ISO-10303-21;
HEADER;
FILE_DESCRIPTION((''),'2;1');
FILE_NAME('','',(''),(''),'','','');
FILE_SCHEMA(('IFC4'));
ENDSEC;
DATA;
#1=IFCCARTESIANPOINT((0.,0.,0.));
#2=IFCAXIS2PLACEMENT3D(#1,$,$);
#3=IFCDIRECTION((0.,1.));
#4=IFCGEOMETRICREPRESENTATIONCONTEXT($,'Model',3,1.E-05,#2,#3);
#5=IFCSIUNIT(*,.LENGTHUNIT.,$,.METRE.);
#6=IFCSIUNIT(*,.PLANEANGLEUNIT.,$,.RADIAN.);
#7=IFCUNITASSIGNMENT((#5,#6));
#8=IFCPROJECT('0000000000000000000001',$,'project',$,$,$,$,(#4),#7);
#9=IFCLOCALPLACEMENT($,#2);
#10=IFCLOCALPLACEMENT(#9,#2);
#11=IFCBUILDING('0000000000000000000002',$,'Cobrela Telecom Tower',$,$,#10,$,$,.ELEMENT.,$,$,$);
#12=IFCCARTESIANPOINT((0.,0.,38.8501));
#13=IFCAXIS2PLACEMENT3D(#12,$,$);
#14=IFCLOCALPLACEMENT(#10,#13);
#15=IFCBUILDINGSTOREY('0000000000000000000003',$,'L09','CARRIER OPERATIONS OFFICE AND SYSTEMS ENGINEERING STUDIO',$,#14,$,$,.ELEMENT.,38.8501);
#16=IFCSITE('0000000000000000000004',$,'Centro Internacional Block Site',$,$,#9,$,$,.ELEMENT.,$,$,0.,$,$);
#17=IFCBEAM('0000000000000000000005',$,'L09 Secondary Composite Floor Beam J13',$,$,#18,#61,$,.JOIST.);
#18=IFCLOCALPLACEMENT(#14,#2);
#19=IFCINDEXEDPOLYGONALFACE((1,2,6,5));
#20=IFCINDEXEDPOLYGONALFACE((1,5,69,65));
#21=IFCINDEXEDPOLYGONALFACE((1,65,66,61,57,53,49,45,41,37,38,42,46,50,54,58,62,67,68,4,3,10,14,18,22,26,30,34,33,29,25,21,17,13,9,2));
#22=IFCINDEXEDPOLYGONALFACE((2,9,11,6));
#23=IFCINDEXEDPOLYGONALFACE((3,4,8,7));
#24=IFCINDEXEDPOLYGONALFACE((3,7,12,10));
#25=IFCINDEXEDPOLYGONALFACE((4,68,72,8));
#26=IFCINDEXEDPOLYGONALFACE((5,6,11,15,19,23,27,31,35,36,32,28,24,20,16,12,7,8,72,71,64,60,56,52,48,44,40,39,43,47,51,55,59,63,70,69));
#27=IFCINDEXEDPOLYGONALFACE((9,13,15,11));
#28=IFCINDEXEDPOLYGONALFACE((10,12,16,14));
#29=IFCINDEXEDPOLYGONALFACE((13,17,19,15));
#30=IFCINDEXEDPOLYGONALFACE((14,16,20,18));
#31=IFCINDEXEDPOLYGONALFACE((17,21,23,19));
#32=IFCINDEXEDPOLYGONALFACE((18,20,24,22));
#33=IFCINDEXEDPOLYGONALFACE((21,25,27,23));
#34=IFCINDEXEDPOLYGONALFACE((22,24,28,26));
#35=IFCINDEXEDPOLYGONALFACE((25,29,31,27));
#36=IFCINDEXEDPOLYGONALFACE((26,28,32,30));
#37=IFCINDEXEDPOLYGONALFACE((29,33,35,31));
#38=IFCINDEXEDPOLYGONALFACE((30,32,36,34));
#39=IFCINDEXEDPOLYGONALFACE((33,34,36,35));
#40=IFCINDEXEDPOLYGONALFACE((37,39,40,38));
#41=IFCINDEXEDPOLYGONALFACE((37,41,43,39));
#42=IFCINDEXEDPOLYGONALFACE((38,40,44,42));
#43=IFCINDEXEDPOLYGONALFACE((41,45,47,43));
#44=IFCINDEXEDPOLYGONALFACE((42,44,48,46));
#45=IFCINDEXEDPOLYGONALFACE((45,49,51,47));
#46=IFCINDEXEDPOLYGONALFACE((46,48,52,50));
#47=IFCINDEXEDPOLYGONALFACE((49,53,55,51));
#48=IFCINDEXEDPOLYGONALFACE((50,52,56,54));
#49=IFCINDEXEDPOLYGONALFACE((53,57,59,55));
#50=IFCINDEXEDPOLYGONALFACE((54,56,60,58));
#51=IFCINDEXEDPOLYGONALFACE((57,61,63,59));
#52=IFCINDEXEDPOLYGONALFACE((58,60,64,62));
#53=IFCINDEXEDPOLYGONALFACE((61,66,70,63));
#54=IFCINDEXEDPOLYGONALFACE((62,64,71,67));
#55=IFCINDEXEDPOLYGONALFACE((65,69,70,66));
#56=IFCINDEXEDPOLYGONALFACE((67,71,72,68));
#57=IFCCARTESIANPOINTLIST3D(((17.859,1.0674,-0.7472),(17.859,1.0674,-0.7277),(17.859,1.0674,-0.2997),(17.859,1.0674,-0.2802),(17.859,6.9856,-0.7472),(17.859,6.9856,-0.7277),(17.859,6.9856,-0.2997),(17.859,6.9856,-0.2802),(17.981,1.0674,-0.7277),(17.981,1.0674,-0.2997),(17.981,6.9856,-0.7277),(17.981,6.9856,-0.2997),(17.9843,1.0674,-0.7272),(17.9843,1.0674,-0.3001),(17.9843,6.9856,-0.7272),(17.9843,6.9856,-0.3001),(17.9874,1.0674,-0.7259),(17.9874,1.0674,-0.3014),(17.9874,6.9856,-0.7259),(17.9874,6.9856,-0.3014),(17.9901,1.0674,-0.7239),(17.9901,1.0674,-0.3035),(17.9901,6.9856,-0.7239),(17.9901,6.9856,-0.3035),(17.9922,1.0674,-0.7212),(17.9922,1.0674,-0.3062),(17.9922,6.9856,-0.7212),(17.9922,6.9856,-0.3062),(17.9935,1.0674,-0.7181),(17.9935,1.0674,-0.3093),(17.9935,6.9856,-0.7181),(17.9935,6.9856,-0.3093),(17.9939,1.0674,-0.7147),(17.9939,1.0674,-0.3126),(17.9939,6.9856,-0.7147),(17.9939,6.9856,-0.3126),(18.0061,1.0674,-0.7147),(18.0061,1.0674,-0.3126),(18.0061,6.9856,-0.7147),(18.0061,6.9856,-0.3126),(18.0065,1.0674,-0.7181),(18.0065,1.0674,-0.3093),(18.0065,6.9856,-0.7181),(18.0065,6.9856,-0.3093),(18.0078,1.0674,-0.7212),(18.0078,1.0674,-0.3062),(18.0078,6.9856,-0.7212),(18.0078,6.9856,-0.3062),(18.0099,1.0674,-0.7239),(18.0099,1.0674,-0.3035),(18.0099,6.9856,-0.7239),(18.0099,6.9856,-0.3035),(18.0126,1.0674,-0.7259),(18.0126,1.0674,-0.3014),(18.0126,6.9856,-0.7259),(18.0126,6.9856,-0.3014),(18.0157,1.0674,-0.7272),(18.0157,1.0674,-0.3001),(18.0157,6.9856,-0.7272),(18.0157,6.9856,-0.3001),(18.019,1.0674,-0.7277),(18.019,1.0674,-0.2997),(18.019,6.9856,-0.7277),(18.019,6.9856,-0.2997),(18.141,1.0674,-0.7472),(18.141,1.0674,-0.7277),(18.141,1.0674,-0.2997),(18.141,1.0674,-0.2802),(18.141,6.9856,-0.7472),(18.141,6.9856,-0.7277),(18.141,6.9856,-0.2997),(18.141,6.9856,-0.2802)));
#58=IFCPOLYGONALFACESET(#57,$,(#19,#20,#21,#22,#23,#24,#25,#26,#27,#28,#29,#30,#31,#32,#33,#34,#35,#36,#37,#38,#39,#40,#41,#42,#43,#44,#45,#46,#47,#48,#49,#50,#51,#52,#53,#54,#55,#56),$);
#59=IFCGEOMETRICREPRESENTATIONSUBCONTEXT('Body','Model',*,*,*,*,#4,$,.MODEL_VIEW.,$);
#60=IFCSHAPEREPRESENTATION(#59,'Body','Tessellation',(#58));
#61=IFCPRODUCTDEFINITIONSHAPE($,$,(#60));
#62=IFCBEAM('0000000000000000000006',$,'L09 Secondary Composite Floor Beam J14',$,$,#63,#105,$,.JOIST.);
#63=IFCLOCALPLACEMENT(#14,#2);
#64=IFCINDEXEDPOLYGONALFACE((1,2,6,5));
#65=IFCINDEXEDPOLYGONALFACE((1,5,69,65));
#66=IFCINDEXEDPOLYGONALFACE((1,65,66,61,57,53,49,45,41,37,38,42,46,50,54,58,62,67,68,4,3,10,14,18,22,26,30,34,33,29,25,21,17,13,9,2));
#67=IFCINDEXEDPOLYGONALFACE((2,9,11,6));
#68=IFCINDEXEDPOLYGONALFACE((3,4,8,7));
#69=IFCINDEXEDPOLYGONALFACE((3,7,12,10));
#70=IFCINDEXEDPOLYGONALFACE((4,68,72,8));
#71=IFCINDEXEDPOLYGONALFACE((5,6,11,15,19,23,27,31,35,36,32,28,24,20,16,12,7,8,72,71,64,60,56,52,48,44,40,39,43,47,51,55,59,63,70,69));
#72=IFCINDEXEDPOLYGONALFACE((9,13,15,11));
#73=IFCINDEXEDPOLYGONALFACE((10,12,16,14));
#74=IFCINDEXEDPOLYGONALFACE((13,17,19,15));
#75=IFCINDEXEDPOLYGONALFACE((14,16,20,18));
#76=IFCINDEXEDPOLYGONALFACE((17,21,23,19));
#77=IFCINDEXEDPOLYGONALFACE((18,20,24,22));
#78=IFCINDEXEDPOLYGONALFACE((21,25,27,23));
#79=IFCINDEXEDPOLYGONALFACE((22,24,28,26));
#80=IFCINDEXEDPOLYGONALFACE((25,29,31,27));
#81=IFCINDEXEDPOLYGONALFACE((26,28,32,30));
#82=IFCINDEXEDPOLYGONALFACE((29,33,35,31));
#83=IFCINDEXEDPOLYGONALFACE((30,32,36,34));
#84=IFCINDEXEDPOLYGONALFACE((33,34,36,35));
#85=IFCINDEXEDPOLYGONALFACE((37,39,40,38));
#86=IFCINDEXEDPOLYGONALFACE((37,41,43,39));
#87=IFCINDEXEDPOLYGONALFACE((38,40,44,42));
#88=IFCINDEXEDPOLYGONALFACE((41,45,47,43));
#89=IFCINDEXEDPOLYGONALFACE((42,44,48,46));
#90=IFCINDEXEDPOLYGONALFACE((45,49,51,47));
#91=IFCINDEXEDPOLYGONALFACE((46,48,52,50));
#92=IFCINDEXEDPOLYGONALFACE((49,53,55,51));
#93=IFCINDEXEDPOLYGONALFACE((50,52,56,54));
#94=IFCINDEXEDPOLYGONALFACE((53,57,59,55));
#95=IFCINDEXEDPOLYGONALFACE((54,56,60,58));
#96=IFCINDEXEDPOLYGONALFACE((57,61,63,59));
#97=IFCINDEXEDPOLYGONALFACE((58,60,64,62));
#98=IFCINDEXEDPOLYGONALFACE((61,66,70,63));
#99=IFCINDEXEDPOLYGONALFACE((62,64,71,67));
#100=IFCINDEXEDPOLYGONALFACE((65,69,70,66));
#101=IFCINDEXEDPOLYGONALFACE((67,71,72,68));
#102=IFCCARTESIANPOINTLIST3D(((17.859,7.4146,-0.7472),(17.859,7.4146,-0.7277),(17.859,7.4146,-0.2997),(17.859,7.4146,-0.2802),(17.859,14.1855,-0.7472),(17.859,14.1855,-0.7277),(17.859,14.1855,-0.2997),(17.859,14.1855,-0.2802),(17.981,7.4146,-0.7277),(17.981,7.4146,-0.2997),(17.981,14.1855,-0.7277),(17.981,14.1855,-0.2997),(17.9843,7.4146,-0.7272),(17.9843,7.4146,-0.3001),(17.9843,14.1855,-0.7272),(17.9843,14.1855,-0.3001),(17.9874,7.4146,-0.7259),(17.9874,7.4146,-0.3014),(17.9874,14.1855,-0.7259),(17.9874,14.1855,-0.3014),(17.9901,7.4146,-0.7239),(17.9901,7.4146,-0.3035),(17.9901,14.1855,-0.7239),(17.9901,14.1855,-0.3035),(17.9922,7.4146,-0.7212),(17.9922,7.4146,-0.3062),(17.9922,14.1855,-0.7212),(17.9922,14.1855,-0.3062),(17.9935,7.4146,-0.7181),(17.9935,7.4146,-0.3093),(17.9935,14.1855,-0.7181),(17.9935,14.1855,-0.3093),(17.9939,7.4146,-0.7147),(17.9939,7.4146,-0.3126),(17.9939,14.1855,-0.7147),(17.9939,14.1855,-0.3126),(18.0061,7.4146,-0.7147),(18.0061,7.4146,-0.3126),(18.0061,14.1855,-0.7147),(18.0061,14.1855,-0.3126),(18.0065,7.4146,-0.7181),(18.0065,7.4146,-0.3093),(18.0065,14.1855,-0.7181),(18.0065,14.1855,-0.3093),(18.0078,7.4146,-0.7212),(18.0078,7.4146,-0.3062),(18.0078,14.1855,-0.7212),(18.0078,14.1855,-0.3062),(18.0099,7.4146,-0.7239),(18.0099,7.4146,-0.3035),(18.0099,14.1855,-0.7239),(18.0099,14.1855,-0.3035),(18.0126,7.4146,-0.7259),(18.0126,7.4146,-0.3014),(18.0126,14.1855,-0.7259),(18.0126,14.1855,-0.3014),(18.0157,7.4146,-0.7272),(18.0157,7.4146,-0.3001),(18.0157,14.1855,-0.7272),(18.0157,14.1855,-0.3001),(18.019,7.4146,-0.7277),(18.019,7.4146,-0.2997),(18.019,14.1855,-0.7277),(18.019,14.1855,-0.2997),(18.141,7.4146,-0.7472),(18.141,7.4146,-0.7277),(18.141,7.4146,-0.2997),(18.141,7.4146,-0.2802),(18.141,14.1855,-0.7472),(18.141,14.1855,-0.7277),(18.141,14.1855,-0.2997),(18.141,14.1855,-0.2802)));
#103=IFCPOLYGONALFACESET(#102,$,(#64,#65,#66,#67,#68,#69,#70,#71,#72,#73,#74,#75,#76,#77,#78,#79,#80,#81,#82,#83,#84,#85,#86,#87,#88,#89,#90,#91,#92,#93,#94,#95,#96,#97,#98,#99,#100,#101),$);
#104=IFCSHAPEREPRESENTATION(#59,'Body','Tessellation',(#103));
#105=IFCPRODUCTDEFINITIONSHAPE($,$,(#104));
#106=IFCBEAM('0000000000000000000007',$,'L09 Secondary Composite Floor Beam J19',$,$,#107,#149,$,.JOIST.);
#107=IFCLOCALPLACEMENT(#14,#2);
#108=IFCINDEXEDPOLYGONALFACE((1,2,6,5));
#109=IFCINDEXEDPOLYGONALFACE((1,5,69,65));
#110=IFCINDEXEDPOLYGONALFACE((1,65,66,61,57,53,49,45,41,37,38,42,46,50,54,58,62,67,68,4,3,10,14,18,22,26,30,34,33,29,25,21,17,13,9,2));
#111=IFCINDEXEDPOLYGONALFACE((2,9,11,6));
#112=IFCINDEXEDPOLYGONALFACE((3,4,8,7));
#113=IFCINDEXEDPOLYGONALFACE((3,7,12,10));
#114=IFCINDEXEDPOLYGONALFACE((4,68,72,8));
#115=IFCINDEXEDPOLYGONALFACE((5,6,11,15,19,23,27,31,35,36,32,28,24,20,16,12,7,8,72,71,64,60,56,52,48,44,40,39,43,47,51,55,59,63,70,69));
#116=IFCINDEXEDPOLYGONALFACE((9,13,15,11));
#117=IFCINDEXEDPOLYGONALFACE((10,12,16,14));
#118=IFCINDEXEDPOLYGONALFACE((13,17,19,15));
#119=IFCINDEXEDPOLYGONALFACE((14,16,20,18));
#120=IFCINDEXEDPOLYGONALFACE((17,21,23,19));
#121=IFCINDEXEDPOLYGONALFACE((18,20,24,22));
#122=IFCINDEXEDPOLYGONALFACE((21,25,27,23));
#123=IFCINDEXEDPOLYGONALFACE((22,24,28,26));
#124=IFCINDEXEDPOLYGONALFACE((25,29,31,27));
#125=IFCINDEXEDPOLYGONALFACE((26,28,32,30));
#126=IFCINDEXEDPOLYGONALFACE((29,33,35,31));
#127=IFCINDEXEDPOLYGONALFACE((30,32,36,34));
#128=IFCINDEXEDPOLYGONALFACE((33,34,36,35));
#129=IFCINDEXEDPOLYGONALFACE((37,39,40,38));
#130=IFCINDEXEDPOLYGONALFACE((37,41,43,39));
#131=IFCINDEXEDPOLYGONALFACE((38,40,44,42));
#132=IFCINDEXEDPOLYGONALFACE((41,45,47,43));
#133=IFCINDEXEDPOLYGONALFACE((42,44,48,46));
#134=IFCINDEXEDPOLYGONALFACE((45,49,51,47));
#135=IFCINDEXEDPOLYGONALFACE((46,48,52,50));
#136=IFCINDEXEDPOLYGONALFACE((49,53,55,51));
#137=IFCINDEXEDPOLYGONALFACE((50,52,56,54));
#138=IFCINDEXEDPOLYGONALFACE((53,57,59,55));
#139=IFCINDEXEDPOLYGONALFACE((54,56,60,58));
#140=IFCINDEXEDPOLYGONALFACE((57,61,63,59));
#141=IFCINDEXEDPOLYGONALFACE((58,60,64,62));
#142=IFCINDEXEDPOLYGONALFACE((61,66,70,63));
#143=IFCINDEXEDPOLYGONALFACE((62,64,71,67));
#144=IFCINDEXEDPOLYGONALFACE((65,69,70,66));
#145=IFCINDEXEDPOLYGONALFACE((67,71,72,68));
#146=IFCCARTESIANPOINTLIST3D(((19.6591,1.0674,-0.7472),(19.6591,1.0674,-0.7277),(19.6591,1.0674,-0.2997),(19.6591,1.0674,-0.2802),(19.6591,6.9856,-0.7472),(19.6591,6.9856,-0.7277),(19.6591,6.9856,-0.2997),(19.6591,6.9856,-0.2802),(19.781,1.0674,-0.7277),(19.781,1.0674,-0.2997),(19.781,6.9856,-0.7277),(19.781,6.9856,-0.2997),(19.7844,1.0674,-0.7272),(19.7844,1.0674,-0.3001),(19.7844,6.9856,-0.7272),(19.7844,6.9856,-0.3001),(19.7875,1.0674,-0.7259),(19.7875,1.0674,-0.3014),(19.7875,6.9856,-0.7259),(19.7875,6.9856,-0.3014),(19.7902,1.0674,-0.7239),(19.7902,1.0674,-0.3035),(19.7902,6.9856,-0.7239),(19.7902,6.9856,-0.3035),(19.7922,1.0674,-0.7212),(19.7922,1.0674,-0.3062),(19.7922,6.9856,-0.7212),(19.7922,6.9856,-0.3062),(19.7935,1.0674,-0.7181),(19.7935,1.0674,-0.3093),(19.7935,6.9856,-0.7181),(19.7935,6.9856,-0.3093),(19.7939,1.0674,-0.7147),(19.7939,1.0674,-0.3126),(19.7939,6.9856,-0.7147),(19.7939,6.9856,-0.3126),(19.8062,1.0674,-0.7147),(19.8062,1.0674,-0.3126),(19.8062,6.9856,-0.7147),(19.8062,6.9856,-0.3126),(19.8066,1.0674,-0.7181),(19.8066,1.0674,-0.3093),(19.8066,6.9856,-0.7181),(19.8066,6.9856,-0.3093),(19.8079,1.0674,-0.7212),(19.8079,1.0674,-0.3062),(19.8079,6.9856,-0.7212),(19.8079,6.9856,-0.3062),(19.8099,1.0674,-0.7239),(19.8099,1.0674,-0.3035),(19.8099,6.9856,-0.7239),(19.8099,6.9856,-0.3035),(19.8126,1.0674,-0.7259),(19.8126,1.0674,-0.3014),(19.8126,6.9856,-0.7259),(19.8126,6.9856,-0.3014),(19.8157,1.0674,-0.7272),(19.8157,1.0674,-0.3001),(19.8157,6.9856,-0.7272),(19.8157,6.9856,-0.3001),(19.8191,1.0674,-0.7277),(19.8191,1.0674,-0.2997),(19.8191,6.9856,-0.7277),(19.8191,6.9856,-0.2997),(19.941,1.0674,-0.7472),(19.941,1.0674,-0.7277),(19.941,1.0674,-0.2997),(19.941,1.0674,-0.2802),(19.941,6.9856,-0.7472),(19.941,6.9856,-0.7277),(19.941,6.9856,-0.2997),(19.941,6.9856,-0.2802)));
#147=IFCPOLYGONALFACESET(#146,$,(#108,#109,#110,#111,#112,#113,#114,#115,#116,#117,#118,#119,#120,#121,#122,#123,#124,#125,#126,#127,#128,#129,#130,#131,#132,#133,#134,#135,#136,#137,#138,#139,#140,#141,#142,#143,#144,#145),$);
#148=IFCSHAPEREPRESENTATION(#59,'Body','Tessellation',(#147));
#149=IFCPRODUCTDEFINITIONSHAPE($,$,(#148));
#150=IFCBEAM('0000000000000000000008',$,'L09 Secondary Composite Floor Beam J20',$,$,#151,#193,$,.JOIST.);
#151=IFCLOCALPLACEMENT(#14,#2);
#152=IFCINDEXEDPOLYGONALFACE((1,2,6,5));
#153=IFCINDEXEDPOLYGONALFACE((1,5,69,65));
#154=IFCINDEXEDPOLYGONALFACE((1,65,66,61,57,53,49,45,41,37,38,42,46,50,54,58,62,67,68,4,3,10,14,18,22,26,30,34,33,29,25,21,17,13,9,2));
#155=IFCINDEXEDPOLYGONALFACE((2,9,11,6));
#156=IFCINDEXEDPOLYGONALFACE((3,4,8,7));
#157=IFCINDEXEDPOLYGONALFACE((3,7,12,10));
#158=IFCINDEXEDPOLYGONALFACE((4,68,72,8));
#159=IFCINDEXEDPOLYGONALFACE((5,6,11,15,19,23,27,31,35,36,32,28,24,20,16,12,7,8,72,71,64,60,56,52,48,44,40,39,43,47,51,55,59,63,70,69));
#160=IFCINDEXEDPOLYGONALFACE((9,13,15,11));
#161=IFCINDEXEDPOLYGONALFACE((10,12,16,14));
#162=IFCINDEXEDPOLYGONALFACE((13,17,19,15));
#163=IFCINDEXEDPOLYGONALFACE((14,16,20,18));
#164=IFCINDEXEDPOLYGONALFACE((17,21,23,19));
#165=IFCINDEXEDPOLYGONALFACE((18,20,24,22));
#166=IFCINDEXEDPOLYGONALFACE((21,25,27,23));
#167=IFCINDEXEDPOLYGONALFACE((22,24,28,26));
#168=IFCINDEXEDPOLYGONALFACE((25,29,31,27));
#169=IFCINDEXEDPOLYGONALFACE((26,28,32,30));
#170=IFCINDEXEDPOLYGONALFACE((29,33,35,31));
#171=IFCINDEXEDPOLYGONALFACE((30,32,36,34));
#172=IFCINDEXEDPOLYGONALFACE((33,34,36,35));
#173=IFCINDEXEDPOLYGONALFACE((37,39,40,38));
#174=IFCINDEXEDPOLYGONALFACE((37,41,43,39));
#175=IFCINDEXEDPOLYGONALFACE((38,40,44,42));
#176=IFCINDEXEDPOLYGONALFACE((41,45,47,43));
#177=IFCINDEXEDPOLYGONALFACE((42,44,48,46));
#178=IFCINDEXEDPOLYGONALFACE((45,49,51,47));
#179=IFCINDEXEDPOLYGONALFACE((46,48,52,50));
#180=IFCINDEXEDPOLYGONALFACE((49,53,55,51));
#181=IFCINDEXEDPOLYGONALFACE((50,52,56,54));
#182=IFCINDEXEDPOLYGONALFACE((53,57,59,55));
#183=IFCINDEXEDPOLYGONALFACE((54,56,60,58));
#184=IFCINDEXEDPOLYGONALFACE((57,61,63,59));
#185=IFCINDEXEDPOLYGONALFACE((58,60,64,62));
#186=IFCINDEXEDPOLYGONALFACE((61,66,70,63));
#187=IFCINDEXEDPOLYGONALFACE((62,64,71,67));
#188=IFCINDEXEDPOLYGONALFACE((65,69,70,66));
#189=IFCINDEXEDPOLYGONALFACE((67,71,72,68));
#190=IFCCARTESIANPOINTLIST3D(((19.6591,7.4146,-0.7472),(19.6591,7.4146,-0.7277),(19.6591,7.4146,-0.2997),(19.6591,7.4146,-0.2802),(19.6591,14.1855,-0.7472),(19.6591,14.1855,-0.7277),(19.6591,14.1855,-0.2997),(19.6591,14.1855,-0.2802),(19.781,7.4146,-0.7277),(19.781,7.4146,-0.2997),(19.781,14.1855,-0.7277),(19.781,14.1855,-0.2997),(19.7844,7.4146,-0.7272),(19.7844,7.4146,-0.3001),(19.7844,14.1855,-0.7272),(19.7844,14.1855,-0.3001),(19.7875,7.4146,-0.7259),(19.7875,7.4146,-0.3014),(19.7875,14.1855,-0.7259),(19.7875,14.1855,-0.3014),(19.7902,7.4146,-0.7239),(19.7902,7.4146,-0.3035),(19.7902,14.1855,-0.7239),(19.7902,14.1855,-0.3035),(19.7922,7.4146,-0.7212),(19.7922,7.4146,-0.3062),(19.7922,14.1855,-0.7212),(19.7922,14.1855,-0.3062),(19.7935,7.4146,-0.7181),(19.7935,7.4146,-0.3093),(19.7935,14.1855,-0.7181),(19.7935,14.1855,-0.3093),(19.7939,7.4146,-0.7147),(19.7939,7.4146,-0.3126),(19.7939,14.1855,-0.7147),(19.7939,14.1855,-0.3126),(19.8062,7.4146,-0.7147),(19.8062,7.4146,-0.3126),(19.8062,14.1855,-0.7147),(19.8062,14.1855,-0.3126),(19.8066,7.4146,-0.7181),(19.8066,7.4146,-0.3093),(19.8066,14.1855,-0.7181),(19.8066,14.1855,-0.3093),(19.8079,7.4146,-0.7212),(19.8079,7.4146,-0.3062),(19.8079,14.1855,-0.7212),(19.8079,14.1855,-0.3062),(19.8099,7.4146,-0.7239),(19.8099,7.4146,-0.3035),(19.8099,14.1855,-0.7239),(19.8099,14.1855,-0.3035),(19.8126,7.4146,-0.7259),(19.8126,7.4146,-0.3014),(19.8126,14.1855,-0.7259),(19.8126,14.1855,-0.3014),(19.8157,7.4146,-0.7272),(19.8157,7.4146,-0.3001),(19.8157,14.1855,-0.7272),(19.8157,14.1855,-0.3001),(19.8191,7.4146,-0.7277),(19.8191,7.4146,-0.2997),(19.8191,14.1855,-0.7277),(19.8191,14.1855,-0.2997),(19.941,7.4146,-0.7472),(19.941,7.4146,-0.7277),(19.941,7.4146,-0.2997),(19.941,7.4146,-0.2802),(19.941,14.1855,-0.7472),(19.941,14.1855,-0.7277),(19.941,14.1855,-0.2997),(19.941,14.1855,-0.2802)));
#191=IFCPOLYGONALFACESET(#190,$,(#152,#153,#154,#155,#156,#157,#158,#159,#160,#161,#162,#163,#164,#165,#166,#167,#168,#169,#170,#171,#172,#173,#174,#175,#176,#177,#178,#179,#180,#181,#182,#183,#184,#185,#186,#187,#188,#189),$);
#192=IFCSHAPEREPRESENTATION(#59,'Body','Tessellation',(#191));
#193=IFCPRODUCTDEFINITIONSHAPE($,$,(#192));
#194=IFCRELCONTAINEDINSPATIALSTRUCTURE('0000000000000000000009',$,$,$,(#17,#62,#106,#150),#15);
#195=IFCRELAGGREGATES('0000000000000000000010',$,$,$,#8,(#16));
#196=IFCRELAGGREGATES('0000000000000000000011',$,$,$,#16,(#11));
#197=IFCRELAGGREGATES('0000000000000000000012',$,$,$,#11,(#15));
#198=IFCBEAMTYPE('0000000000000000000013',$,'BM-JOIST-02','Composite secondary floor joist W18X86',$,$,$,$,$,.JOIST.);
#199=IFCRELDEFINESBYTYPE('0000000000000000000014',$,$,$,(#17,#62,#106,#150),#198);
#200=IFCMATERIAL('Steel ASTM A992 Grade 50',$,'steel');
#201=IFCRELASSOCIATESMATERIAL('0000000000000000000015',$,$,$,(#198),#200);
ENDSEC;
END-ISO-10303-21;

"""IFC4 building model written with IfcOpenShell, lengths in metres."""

from ifc_helpers import new_model, si_unit, direction, frame, origin, origin_2d, place, context, subcontext, project, spatial, i_section, extrude, material, material_profile, profile_set, type_object, element, save


model = new_model("IFC4")

# Units and contexts
model_context = context("Model", 3, precision=1e-05, world=origin(), true_north=direction((0.0, 1.0)))
body_context = subcontext(model_context, "Body", "Model", "MODEL_VIEW")
ifc_project = project(units=[si_unit("LENGTHUNIT", "METRE"), si_unit("PLANEANGLEUNIT", "RADIAN")], contexts=[model_context])

# Site, building, storey
site_placement = place(None, origin())
site = spatial("IfcSite", under=ifc_project, at=site_placement, Name="Centro Internacional Block Site", CompositionType="ELEMENT", RefElevation=0.0)
building_placement = place(site_placement, origin())
building = spatial("IfcBuilding", under=site, at=building_placement, Name="Cobrela Telecom Tower", CompositionType="ELEMENT")
storey_placement = place(building_placement, frame((0.0, 0.0, 38.8501)))
storey = spatial("IfcBuildingStorey", under=building, at=storey_placement, Name="L09", Description="CARRIER OPERATIONS OFFICE AND SYSTEMS ENGINEERING STUDIO", CompositionType="ELEMENT", Elevation=38.8501)

# Beams
ifc_material_1 = material(Name="Steel ASTM A992 Grade 50", Category="steel")
ifc_material_profile_1 = material_profile(ifc_material_1, i_section(OverallWidth=0.282, OverallDepth=0.467, WebThickness=0.0122, FlangeThickness=0.0195, FilletRadius=0.0129, at=origin_2d()), Name="W18X86")
ifc_profile_set_1 = profile_set([ifc_material_profile_1], Name="Steel ASTM A992 Grade 50")
beam_type_1 = type_object("IfcBeamType", Name="BM-JOIST-02", Description="Composite secondary floor joist W18X86", PredefinedType="JOIST", material=ifc_profile_set_1)
beam_1_placement = place(storey_placement, frame((18.0, 1.0674, -0.5137), z_axis=(0.0, 1.0, 0.0), x_axis=(-1.0, 0.0, 0.0)))
element("IfcBeam", 1, at=beam_1_placement, inside=storey, type_object=beam_type_1, Name="L09 Secondary Composite Floor Beam J13", PredefinedType="JOIST", context=body_context, shape_type="SweptSolid", body=[
    extrude(i_section(OverallWidth=0.282, OverallDepth=0.467, WebThickness=0.0122, FlangeThickness=0.0195, FilletRadius=0.0129, at=origin_2d()), origin(), (0.0, 0.0, 1.0), 5.9182),
])
beam_2_placement = place(storey_placement, frame((18.0, 7.4146, -0.5137), z_axis=(0.0, 1.0, 0.0), x_axis=(-1.0, 0.0, 0.0)))
element("IfcBeam", 2, at=beam_2_placement, inside=storey, type_object=beam_type_1, Name="L09 Secondary Composite Floor Beam J14", PredefinedType="JOIST", context=body_context, shape_type="SweptSolid", body=[
    extrude(i_section(OverallWidth=0.282, OverallDepth=0.467, WebThickness=0.0122, FlangeThickness=0.0195, FilletRadius=0.0129, at=origin_2d()), origin(), (0.0, 0.0, 1.0), 6.771),
])
beam_3_placement = place(storey_placement, frame((19.8, 1.0674, -0.5137), z_axis=(0.0, 1.0, 0.0), x_axis=(-1.0, 0.0, 0.0)))
element("IfcBeam", 3, at=beam_3_placement, inside=storey, type_object=beam_type_1, Name="L09 Secondary Composite Floor Beam J19", PredefinedType="JOIST", context=body_context, shape_type="SweptSolid", body=[
    extrude(i_section(OverallWidth=0.282, OverallDepth=0.467, WebThickness=0.0122, FlangeThickness=0.0195, FilletRadius=0.0129, at=origin_2d()), origin(), (0.0, 0.0, 1.0), 5.9182),
])
beam_4_placement = place(storey_placement, frame((19.8, 7.4146, -0.5137), z_axis=(0.0, 1.0, 0.0), x_axis=(-1.0, 0.0, 0.0)))
element("IfcBeam", 4, at=beam_4_placement, inside=storey, type_object=beam_type_1, Name="L09 Secondary Composite Floor Beam J20", PredefinedType="JOIST", context=body_context, shape_type="SweptSolid", body=[
    extrude(i_section(OverallWidth=0.282, OverallDepth=0.467, WebThickness=0.0122, FlangeThickness=0.0195, FilletRadius=0.0129, at=origin_2d()), origin(), (0.0, 0.0, 1.0), 6.771),
])

save(model, "model.ifc")
